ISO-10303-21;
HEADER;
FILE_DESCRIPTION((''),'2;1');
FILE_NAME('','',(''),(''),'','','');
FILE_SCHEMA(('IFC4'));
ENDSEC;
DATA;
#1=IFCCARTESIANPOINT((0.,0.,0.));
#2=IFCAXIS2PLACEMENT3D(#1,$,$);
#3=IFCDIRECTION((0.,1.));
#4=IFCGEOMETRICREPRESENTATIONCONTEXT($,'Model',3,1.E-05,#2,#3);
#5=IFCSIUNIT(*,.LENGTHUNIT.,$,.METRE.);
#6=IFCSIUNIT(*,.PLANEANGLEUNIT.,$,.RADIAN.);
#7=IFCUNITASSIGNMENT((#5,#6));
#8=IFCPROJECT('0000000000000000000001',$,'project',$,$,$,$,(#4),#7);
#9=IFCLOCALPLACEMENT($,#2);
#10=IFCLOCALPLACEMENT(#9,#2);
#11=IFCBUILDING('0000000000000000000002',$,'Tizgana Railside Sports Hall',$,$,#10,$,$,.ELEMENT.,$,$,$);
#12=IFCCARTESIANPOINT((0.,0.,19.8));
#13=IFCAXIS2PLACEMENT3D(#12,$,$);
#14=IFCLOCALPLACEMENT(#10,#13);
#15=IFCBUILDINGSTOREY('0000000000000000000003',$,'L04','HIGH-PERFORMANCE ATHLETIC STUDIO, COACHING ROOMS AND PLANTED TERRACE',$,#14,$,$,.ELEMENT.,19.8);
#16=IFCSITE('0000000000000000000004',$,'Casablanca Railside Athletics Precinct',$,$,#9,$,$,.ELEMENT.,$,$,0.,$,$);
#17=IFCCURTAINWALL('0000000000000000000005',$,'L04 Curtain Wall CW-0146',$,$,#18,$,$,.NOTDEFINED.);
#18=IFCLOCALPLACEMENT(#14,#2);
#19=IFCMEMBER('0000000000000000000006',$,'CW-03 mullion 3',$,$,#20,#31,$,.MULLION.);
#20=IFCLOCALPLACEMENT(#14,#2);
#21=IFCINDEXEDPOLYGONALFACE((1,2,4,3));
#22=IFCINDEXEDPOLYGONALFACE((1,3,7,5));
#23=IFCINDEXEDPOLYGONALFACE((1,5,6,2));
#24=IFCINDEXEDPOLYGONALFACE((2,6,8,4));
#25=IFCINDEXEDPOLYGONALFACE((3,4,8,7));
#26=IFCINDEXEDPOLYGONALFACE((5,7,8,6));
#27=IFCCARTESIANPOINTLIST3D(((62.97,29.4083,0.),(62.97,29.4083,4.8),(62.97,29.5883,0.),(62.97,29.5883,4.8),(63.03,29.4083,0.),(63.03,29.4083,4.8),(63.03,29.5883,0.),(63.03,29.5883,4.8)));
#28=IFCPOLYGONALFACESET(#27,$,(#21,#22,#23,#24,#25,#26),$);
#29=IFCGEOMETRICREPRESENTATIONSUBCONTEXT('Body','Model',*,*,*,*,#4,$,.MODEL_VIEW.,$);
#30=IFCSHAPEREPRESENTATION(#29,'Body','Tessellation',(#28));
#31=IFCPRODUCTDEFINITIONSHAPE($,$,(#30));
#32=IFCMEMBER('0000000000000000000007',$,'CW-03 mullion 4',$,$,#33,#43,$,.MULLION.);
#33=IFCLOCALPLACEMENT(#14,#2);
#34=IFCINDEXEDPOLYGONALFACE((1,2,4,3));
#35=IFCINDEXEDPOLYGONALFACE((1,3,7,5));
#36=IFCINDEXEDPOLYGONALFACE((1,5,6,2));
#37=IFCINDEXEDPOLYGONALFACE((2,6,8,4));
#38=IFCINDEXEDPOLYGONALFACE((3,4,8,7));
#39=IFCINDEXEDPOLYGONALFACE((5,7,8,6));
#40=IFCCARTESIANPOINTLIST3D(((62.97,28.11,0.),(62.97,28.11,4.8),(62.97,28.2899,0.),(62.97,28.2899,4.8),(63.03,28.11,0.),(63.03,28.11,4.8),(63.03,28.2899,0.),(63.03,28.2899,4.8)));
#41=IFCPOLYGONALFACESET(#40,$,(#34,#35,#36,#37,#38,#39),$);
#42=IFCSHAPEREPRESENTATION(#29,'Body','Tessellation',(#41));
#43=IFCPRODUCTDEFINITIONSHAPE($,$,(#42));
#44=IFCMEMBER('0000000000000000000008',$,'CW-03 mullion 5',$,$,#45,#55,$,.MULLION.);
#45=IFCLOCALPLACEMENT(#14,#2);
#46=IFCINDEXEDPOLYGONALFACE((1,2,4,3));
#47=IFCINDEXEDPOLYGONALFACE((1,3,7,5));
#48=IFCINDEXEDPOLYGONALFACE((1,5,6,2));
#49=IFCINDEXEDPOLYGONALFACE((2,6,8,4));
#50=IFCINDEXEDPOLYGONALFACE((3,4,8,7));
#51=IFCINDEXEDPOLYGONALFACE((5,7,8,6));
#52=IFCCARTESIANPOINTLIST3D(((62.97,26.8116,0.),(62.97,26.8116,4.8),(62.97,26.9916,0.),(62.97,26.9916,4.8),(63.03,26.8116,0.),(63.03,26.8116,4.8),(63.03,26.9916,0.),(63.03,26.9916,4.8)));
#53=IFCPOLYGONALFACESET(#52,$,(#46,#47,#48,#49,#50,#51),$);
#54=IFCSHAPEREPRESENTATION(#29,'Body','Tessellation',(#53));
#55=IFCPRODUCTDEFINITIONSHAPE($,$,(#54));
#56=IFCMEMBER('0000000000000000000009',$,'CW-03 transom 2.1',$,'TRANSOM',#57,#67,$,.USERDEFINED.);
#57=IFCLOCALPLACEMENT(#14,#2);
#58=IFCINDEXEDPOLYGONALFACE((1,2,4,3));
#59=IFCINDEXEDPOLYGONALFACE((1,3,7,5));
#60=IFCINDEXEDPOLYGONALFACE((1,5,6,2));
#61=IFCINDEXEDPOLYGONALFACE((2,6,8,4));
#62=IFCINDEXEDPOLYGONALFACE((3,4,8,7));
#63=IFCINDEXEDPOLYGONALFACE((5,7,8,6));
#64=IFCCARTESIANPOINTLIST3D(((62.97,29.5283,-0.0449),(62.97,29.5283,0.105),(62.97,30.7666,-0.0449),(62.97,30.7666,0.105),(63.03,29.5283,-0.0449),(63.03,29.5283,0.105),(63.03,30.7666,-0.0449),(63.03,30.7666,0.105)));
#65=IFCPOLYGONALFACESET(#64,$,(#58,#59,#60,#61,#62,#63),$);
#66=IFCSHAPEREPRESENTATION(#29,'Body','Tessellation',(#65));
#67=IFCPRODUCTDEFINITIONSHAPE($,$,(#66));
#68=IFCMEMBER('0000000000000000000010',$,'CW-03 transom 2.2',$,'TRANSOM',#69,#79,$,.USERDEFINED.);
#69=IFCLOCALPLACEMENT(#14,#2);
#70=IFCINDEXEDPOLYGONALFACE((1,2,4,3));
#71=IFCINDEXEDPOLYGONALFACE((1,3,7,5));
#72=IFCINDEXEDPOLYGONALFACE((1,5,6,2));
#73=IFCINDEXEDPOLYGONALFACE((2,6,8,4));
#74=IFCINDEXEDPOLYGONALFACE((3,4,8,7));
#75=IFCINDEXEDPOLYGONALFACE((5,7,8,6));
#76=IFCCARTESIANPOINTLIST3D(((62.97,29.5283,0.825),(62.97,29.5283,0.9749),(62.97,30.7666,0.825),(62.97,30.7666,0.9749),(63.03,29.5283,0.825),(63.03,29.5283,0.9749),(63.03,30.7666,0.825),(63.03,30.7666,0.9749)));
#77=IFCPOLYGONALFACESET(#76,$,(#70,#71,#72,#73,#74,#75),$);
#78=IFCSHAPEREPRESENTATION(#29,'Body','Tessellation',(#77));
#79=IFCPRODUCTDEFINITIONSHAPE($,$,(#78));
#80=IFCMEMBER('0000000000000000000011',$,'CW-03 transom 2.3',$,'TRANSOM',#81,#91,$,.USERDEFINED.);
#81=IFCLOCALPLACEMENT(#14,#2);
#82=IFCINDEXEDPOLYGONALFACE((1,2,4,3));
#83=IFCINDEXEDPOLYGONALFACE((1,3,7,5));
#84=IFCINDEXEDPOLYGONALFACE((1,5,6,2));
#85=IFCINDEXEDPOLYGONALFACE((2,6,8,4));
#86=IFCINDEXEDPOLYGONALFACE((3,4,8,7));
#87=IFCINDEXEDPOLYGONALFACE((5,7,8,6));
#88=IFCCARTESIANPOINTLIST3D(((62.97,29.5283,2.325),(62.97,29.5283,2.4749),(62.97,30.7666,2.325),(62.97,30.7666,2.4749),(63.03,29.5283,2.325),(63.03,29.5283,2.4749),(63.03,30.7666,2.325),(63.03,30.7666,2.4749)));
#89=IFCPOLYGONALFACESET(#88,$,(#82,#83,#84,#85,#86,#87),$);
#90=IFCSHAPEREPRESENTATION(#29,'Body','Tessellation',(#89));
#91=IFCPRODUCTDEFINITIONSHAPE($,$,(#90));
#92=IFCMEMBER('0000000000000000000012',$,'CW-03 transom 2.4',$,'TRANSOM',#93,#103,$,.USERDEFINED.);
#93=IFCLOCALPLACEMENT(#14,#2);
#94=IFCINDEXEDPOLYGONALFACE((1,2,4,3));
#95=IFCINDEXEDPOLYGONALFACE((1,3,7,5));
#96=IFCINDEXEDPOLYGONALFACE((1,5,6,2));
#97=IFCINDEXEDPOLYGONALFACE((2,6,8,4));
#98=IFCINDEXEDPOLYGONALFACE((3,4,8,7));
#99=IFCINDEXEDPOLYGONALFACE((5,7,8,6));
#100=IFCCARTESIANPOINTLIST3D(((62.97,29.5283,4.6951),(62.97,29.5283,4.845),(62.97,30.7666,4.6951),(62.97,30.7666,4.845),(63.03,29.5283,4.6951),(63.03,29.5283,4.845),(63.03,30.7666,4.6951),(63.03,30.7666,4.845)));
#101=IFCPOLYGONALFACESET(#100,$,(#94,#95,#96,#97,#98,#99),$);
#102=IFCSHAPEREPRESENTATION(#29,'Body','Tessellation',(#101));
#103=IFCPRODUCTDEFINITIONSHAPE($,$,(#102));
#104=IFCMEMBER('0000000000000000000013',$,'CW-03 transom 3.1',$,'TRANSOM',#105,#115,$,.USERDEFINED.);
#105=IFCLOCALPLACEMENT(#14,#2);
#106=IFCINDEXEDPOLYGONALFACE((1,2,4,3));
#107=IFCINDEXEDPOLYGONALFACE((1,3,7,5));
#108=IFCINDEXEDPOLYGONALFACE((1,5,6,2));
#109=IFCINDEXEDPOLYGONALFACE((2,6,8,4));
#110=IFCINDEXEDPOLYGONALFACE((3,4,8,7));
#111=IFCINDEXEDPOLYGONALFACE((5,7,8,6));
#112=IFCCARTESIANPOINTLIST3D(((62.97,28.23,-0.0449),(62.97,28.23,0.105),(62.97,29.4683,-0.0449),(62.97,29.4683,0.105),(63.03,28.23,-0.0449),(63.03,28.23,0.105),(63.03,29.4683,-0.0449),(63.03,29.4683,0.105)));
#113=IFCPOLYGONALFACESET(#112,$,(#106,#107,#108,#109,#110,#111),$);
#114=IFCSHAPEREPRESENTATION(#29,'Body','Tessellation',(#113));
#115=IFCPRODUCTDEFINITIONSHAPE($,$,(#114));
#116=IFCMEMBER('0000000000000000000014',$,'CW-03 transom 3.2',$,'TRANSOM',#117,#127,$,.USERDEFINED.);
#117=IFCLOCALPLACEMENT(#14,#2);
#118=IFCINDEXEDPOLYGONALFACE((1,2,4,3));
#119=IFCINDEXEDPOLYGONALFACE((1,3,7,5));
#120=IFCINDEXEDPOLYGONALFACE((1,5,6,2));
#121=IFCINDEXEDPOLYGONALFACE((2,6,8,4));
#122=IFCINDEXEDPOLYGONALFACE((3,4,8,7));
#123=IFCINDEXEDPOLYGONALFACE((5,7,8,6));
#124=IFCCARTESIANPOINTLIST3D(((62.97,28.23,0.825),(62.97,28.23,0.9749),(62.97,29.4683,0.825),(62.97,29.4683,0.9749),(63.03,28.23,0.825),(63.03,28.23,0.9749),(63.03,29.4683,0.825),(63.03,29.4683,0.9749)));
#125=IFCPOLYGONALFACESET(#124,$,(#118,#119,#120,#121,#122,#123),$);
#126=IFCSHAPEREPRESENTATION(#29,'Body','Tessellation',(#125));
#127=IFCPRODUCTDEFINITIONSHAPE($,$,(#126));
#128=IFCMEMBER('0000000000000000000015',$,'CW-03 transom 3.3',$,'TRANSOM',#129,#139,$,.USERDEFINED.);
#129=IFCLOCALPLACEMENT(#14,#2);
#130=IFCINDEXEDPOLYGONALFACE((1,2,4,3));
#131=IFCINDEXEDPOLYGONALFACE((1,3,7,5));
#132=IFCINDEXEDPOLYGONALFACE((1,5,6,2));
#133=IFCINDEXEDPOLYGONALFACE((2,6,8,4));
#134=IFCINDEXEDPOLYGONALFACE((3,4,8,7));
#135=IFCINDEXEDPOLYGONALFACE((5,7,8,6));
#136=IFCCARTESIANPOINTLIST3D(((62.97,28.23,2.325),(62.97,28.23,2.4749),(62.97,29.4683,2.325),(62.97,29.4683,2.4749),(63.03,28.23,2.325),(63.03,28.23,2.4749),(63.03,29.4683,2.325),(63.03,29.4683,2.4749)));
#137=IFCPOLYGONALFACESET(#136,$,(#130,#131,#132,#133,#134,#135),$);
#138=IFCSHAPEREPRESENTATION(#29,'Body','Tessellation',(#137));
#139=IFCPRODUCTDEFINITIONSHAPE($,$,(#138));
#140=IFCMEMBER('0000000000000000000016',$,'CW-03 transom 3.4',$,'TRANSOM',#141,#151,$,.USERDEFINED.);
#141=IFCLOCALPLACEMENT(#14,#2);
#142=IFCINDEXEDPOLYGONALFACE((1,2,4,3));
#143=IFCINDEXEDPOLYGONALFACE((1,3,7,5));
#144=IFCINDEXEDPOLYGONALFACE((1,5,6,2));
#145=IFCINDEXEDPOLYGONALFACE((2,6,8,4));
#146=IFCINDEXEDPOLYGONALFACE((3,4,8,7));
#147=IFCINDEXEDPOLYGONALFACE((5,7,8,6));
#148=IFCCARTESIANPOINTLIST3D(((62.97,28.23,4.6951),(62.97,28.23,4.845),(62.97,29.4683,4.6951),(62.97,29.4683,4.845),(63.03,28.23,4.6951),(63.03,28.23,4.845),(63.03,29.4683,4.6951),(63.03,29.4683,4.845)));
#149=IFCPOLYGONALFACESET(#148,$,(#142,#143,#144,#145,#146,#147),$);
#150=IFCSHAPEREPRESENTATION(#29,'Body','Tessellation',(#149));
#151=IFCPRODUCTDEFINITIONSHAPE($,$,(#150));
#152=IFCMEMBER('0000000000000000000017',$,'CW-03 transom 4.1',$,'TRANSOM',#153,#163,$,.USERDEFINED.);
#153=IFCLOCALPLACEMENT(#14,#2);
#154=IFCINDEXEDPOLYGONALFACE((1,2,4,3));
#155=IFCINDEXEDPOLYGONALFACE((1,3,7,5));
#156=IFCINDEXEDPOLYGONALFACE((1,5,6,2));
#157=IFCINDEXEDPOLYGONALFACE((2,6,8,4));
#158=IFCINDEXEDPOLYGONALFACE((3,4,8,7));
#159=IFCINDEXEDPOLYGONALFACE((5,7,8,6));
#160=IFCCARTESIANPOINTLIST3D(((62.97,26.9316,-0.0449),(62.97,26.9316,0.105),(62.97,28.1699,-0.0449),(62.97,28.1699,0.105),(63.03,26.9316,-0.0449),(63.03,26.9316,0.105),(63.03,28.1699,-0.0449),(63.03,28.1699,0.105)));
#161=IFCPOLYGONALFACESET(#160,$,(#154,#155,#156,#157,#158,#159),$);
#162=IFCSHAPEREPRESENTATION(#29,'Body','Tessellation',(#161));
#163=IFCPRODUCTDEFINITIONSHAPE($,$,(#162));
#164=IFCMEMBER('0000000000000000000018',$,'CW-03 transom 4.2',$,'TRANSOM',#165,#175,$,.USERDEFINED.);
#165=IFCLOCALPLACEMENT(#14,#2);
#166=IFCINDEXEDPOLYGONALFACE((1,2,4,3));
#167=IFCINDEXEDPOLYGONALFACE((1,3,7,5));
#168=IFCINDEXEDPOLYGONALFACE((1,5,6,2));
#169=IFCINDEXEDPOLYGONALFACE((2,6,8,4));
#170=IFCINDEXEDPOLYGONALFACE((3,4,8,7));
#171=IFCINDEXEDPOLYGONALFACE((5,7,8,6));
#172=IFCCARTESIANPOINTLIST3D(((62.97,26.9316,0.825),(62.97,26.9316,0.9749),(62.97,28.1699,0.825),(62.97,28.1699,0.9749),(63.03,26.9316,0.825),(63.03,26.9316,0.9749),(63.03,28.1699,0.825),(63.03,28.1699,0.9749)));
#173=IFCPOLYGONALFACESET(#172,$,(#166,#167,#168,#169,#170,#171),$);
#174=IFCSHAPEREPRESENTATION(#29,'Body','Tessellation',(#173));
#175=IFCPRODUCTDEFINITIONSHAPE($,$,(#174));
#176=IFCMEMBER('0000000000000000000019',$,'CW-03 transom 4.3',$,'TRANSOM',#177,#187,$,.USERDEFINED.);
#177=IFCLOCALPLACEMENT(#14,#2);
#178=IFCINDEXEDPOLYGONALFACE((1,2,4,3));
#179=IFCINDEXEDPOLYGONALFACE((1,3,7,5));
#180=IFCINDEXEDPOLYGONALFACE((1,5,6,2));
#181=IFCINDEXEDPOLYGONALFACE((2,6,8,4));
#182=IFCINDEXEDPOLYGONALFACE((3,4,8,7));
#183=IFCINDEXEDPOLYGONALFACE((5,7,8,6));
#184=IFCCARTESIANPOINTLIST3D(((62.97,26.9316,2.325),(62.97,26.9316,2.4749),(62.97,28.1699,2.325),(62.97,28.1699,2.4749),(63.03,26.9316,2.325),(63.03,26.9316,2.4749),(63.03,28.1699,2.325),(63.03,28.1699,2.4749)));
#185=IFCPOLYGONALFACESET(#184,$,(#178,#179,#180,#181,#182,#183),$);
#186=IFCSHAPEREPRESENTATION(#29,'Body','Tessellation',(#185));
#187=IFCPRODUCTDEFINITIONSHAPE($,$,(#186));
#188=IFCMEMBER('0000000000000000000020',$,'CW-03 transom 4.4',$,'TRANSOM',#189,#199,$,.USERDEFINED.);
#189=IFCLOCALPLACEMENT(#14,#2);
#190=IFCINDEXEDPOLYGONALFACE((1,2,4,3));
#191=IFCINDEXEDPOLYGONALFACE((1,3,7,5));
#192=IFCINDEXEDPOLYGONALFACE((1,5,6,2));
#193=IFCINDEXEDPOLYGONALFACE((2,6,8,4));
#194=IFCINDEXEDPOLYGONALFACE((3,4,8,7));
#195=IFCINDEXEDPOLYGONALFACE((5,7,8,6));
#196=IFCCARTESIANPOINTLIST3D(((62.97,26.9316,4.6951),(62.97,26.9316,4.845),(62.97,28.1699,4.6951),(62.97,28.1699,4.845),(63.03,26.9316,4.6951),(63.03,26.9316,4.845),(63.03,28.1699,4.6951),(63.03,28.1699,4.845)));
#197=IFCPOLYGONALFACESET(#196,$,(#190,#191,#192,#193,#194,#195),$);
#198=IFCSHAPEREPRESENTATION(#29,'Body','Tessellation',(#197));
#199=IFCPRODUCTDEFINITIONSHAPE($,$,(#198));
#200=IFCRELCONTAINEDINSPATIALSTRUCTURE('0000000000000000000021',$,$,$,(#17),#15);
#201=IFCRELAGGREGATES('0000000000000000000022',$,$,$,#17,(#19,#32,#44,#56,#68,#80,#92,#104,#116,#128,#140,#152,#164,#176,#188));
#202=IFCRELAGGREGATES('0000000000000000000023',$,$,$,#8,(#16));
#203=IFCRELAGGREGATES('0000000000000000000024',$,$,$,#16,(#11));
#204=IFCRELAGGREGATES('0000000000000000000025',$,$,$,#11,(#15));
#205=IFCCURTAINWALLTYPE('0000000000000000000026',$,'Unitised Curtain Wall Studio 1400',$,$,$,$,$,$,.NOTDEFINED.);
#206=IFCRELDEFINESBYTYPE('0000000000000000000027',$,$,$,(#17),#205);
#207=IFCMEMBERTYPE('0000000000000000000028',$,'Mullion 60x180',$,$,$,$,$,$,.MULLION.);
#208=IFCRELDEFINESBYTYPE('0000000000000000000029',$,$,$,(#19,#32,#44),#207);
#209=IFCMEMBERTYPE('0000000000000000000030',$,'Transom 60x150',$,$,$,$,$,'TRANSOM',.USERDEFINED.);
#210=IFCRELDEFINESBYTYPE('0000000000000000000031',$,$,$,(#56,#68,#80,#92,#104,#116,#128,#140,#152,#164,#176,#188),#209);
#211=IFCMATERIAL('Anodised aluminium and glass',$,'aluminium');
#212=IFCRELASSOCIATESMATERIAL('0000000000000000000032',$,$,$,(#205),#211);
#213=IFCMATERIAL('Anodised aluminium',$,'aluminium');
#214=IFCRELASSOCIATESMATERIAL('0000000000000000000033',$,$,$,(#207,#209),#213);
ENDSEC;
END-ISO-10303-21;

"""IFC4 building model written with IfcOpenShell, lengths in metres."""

from ifc_helpers import new_model, si_unit, direction, frame, origin, origin_2d, place, context, subcontext, project, spatial, rectangle, extrude, material, material_profile, profile_set, type_object, element, aggregate, save


model = new_model("IFC4")

# Units and contexts
model_context = context("Model", 3, precision=1e-05, world=origin(), true_north=direction((0.0, 1.0)))
body_context = subcontext(model_context, "Body", "Model", "MODEL_VIEW")
ifc_project = project(units=[si_unit("LENGTHUNIT", "METRE"), si_unit("PLANEANGLEUNIT", "RADIAN")], contexts=[model_context])

# Site, building, storey
site_placement = place(None, origin())
site = spatial("IfcSite", under=ifc_project, at=site_placement, Name="Casablanca Railside Athletics Precinct", CompositionType="ELEMENT", RefElevation=0.0)
building_placement = place(site_placement, origin())
building = spatial("IfcBuilding", under=site, at=building_placement, Name="Tizgana Railside Sports Hall", CompositionType="ELEMENT")
storey_placement = place(building_placement, frame((0.0, 0.0, 19.8)))
storey = spatial("IfcBuildingStorey", under=building, at=storey_placement, Name="L04", Description="HIGH-PERFORMANCE ATHLETIC STUDIO, COACHING ROOMS AND PLANTED TERRACE", CompositionType="ELEMENT", Elevation=19.8)

# Curtain wall, members
ifc_material_1 = material(Name="Anodised aluminium and glass", Category="aluminium")
curtain_wall_type = type_object("IfcCurtainWallType", Name="Unitised Curtain Wall Studio 1400", PredefinedType="NOTDEFINED", material=ifc_material_1)
curtain_wall_placement = place(storey_placement, origin())
curtain_wall = element("IfcCurtainWall", 1, at=curtain_wall_placement, inside=storey, type_object=curtain_wall_type, Name="L04 Curtain Wall CW-0146", PredefinedType="NOTDEFINED")
ifc_material_2 = material(Name="Anodised aluminium", Category="aluminium")
ifc_material_profile_1 = material_profile(ifc_material_2, rectangle(XDim=0.0601, YDim=0.1799, at=origin_2d()), Name="Mullion 60x180")
ifc_profile_set_1 = profile_set([ifc_material_profile_1], Name="Anodised aluminium")
member_type_1 = type_object("IfcMemberType", Name="Mullion 60x180", PredefinedType="MULLION", material=ifc_profile_set_1)
member_1_placement = place(storey_placement, frame((63.0, 29.4983, 0.0), z_axis=(0.0, 0.0, 1.0), x_axis=(1.0, 0.0, 0.0)))
member_1 = element("IfcMember", 2, at=member_1_placement, type_object=member_type_1, Name="CW-03 mullion 3", PredefinedType="MULLION", context=body_context, shape_type="SweptSolid", body=[
    extrude(rectangle(XDim=0.0601, YDim=0.1799, at=origin_2d()), origin(), (0.0, 0.0, 1.0), 4.8),
])
member_2_placement = place(storey_placement, frame((63.0, 28.2, 0.0), z_axis=(0.0, 0.0, 1.0), x_axis=(1.0, 0.0, 0.0)))
member_2 = element("IfcMember", 3, at=member_2_placement, type_object=member_type_1, Name="CW-03 mullion 4", PredefinedType="MULLION", context=body_context, shape_type="SweptSolid", body=[
    extrude(rectangle(XDim=0.0601, YDim=0.1799, at=origin_2d()), origin(), (0.0, 0.0, 1.0), 4.8),
])
member_3_placement = place(storey_placement, frame((63.0, 26.9016, 0.0), z_axis=(0.0, 0.0, 1.0), x_axis=(1.0, 0.0, 0.0)))
member_3 = element("IfcMember", 4, at=member_3_placement, type_object=member_type_1, Name="CW-03 mullion 5", PredefinedType="MULLION", context=body_context, shape_type="SweptSolid", body=[
    extrude(rectangle(XDim=0.0601, YDim=0.1799, at=origin_2d()), origin(), (0.0, 0.0, 1.0), 4.8),
])
ifc_material_profile_2 = material_profile(ifc_material_2, rectangle(XDim=0.0601, YDim=0.1499, at=origin_2d()), Name="Transom 60x150")
ifc_profile_set_2 = profile_set([ifc_material_profile_2], Name="Anodised aluminium")
member_type_2 = type_object("IfcMemberType", Name="Transom 60x150", ElementType="TRANSOM", PredefinedType="USERDEFINED", material=ifc_profile_set_2)
member_4_placement = place(storey_placement, frame((63.0, 30.7666, 0.03), z_axis=(0.0, -1.0, 0.0), x_axis=(1.0, 0.0, 0.0)))
member_4 = element("IfcMember", 5, at=member_4_placement, type_object=member_type_2, Name="CW-03 transom 2.1", ObjectType="TRANSOM", PredefinedType="USERDEFINED", context=body_context, shape_type="SweptSolid", body=[
    extrude(rectangle(XDim=0.0601, YDim=0.1499, at=origin_2d()), origin(), (0.0, 0.0, 1.0), 1.2383),
])
member_5_placement = place(storey_placement, frame((63.0, 30.7666, 0.8999), z_axis=(0.0, -1.0, 0.0), x_axis=(1.0, 0.0, 0.0)))
member_5 = element("IfcMember", 6, at=member_5_placement, type_object=member_type_2, Name="CW-03 transom 2.2", ObjectType="TRANSOM", PredefinedType="USERDEFINED", context=body_context, shape_type="SweptSolid", body=[
    extrude(rectangle(XDim=0.0601, YDim=0.1499, at=origin_2d()), origin(), (0.0, 0.0, 1.0), 1.2383),
])
member_6_placement = place(storey_placement, frame((63.0, 30.7666, 2.3999), z_axis=(0.0, -1.0, 0.0), x_axis=(1.0, 0.0, 0.0)))
member_6 = element("IfcMember", 7, at=member_6_placement, type_object=member_type_2, Name="CW-03 transom 2.3", ObjectType="TRANSOM", PredefinedType="USERDEFINED", context=body_context, shape_type="SweptSolid", body=[
    extrude(rectangle(XDim=0.0601, YDim=0.1499, at=origin_2d()), origin(), (0.0, 0.0, 1.0), 1.2383),
])
member_7_placement = place(storey_placement, frame((63.0, 30.7666, 4.77), z_axis=(0.0, -1.0, 0.0), x_axis=(1.0, 0.0, 0.0)))
member_7 = element("IfcMember", 8, at=member_7_placement, type_object=member_type_2, Name="CW-03 transom 2.4", ObjectType="TRANSOM", PredefinedType="USERDEFINED", context=body_context, shape_type="SweptSolid", body=[
    extrude(rectangle(XDim=0.0601, YDim=0.1499, at=origin_2d()), origin(), (0.0, 0.0, 1.0), 1.2383),
])
member_8_placement = place(storey_placement, frame((63.0, 29.4683, 0.03), z_axis=(0.0, -1.0, 0.0), x_axis=(1.0, 0.0, 0.0)))
member_8 = element("IfcMember", 9, at=member_8_placement, type_object=member_type_2, Name="CW-03 transom 3.1", ObjectType="TRANSOM", PredefinedType="USERDEFINED", context=body_context, shape_type="SweptSolid", body=[
    extrude(rectangle(XDim=0.0601, YDim=0.1499, at=origin_2d()), origin(), (0.0, 0.0, 1.0), 1.2383),
])
member_9_placement = place(storey_placement, frame((63.0, 29.4683, 0.8999), z_axis=(0.0, -1.0, 0.0), x_axis=(1.0, 0.0, 0.0)))
member_9 = element("IfcMember", 10, at=member_9_placement, type_object=member_type_2, Name="CW-03 transom 3.2", ObjectType="TRANSOM", PredefinedType="USERDEFINED", context=body_context, shape_type="SweptSolid", body=[
    extrude(rectangle(XDim=0.0601, YDim=0.1499, at=origin_2d()), origin(), (0.0, 0.0, 1.0), 1.2383),
])
member_10_placement = place(storey_placement, frame((63.0, 29.4683, 2.3999), z_axis=(0.0, -1.0, 0.0), x_axis=(1.0, 0.0, 0.0)))
member_10 = element("IfcMember", 11, at=member_10_placement, type_object=member_type_2, Name="CW-03 transom 3.3", ObjectType="TRANSOM", PredefinedType="USERDEFINED", context=body_context, shape_type="SweptSolid", body=[
    extrude(rectangle(XDim=0.0601, YDim=0.1499, at=origin_2d()), origin(), (0.0, 0.0, 1.0), 1.2383),
])
member_11_placement = place(storey_placement, frame((63.0, 29.4683, 4.77), z_axis=(0.0, -1.0, 0.0), x_axis=(1.0, 0.0, 0.0)))
member_11 = element("IfcMember", 12, at=member_11_placement, type_object=member_type_2, Name="CW-03 transom 3.4", ObjectType="TRANSOM", PredefinedType="USERDEFINED", context=body_context, shape_type="SweptSolid", body=[
    extrude(rectangle(XDim=0.0601, YDim=0.1499, at=origin_2d()), origin(), (0.0, 0.0, 1.0), 1.2383),
])
member_12_placement = place(storey_placement, frame((63.0, 28.1699, 0.03), z_axis=(0.0, -1.0, 0.0), x_axis=(1.0, 0.0, 0.0)))
member_12 = element("IfcMember", 13, at=member_12_placement, type_object=member_type_2, Name="CW-03 transom 4.1", ObjectType="TRANSOM", PredefinedType="USERDEFINED", context=body_context, shape_type="SweptSolid", body=[
    extrude(rectangle(XDim=0.0601, YDim=0.1499, at=origin_2d()), origin(), (0.0, 0.0, 1.0), 1.2383),
])
member_13_placement = place(storey_placement, frame((63.0, 28.1699, 0.8999), z_axis=(0.0, -1.0, 0.0), x_axis=(1.0, 0.0, 0.0)))
member_13 = element("IfcMember", 14, at=member_13_placement, type_object=member_type_2, Name="CW-03 transom 4.2", ObjectType="TRANSOM", PredefinedType="USERDEFINED", context=body_context, shape_type="SweptSolid", body=[
    extrude(rectangle(XDim=0.0601, YDim=0.1499, at=origin_2d()), origin(), (0.0, 0.0, 1.0), 1.2383),
])
member_14_placement = place(storey_placement, frame((63.0, 28.1699, 2.3999), z_axis=(0.0, -1.0, 0.0), x_axis=(1.0, 0.0, 0.0)))
member_14 = element("IfcMember", 15, at=member_14_placement, type_object=member_type_2, Name="CW-03 transom 4.3", ObjectType="TRANSOM", PredefinedType="USERDEFINED", context=body_context, shape_type="SweptSolid", body=[
    extrude(rectangle(XDim=0.0601, YDim=0.1499, at=origin_2d()), origin(), (0.0, 0.0, 1.0), 1.2383),
])
member_15_placement = place(storey_placement, frame((63.0, 28.1699, 4.77), z_axis=(0.0, -1.0, 0.0), x_axis=(1.0, 0.0, 0.0)))
member_15 = element("IfcMember", 16, at=member_15_placement, type_object=member_type_2, Name="CW-03 transom 4.4", ObjectType="TRANSOM", PredefinedType="USERDEFINED", context=body_context, shape_type="SweptSolid", body=[
    extrude(rectangle(XDim=0.0601, YDim=0.1499, at=origin_2d()), origin(), (0.0, 0.0, 1.0), 1.2383),
])
aggregate(curtain_wall, [member_1, member_2, member_3, member_4, member_5, member_6, member_7, member_8, member_9, member_10, member_11, member_12, member_13, member_14, member_15])

save(model, "model.ifc")
